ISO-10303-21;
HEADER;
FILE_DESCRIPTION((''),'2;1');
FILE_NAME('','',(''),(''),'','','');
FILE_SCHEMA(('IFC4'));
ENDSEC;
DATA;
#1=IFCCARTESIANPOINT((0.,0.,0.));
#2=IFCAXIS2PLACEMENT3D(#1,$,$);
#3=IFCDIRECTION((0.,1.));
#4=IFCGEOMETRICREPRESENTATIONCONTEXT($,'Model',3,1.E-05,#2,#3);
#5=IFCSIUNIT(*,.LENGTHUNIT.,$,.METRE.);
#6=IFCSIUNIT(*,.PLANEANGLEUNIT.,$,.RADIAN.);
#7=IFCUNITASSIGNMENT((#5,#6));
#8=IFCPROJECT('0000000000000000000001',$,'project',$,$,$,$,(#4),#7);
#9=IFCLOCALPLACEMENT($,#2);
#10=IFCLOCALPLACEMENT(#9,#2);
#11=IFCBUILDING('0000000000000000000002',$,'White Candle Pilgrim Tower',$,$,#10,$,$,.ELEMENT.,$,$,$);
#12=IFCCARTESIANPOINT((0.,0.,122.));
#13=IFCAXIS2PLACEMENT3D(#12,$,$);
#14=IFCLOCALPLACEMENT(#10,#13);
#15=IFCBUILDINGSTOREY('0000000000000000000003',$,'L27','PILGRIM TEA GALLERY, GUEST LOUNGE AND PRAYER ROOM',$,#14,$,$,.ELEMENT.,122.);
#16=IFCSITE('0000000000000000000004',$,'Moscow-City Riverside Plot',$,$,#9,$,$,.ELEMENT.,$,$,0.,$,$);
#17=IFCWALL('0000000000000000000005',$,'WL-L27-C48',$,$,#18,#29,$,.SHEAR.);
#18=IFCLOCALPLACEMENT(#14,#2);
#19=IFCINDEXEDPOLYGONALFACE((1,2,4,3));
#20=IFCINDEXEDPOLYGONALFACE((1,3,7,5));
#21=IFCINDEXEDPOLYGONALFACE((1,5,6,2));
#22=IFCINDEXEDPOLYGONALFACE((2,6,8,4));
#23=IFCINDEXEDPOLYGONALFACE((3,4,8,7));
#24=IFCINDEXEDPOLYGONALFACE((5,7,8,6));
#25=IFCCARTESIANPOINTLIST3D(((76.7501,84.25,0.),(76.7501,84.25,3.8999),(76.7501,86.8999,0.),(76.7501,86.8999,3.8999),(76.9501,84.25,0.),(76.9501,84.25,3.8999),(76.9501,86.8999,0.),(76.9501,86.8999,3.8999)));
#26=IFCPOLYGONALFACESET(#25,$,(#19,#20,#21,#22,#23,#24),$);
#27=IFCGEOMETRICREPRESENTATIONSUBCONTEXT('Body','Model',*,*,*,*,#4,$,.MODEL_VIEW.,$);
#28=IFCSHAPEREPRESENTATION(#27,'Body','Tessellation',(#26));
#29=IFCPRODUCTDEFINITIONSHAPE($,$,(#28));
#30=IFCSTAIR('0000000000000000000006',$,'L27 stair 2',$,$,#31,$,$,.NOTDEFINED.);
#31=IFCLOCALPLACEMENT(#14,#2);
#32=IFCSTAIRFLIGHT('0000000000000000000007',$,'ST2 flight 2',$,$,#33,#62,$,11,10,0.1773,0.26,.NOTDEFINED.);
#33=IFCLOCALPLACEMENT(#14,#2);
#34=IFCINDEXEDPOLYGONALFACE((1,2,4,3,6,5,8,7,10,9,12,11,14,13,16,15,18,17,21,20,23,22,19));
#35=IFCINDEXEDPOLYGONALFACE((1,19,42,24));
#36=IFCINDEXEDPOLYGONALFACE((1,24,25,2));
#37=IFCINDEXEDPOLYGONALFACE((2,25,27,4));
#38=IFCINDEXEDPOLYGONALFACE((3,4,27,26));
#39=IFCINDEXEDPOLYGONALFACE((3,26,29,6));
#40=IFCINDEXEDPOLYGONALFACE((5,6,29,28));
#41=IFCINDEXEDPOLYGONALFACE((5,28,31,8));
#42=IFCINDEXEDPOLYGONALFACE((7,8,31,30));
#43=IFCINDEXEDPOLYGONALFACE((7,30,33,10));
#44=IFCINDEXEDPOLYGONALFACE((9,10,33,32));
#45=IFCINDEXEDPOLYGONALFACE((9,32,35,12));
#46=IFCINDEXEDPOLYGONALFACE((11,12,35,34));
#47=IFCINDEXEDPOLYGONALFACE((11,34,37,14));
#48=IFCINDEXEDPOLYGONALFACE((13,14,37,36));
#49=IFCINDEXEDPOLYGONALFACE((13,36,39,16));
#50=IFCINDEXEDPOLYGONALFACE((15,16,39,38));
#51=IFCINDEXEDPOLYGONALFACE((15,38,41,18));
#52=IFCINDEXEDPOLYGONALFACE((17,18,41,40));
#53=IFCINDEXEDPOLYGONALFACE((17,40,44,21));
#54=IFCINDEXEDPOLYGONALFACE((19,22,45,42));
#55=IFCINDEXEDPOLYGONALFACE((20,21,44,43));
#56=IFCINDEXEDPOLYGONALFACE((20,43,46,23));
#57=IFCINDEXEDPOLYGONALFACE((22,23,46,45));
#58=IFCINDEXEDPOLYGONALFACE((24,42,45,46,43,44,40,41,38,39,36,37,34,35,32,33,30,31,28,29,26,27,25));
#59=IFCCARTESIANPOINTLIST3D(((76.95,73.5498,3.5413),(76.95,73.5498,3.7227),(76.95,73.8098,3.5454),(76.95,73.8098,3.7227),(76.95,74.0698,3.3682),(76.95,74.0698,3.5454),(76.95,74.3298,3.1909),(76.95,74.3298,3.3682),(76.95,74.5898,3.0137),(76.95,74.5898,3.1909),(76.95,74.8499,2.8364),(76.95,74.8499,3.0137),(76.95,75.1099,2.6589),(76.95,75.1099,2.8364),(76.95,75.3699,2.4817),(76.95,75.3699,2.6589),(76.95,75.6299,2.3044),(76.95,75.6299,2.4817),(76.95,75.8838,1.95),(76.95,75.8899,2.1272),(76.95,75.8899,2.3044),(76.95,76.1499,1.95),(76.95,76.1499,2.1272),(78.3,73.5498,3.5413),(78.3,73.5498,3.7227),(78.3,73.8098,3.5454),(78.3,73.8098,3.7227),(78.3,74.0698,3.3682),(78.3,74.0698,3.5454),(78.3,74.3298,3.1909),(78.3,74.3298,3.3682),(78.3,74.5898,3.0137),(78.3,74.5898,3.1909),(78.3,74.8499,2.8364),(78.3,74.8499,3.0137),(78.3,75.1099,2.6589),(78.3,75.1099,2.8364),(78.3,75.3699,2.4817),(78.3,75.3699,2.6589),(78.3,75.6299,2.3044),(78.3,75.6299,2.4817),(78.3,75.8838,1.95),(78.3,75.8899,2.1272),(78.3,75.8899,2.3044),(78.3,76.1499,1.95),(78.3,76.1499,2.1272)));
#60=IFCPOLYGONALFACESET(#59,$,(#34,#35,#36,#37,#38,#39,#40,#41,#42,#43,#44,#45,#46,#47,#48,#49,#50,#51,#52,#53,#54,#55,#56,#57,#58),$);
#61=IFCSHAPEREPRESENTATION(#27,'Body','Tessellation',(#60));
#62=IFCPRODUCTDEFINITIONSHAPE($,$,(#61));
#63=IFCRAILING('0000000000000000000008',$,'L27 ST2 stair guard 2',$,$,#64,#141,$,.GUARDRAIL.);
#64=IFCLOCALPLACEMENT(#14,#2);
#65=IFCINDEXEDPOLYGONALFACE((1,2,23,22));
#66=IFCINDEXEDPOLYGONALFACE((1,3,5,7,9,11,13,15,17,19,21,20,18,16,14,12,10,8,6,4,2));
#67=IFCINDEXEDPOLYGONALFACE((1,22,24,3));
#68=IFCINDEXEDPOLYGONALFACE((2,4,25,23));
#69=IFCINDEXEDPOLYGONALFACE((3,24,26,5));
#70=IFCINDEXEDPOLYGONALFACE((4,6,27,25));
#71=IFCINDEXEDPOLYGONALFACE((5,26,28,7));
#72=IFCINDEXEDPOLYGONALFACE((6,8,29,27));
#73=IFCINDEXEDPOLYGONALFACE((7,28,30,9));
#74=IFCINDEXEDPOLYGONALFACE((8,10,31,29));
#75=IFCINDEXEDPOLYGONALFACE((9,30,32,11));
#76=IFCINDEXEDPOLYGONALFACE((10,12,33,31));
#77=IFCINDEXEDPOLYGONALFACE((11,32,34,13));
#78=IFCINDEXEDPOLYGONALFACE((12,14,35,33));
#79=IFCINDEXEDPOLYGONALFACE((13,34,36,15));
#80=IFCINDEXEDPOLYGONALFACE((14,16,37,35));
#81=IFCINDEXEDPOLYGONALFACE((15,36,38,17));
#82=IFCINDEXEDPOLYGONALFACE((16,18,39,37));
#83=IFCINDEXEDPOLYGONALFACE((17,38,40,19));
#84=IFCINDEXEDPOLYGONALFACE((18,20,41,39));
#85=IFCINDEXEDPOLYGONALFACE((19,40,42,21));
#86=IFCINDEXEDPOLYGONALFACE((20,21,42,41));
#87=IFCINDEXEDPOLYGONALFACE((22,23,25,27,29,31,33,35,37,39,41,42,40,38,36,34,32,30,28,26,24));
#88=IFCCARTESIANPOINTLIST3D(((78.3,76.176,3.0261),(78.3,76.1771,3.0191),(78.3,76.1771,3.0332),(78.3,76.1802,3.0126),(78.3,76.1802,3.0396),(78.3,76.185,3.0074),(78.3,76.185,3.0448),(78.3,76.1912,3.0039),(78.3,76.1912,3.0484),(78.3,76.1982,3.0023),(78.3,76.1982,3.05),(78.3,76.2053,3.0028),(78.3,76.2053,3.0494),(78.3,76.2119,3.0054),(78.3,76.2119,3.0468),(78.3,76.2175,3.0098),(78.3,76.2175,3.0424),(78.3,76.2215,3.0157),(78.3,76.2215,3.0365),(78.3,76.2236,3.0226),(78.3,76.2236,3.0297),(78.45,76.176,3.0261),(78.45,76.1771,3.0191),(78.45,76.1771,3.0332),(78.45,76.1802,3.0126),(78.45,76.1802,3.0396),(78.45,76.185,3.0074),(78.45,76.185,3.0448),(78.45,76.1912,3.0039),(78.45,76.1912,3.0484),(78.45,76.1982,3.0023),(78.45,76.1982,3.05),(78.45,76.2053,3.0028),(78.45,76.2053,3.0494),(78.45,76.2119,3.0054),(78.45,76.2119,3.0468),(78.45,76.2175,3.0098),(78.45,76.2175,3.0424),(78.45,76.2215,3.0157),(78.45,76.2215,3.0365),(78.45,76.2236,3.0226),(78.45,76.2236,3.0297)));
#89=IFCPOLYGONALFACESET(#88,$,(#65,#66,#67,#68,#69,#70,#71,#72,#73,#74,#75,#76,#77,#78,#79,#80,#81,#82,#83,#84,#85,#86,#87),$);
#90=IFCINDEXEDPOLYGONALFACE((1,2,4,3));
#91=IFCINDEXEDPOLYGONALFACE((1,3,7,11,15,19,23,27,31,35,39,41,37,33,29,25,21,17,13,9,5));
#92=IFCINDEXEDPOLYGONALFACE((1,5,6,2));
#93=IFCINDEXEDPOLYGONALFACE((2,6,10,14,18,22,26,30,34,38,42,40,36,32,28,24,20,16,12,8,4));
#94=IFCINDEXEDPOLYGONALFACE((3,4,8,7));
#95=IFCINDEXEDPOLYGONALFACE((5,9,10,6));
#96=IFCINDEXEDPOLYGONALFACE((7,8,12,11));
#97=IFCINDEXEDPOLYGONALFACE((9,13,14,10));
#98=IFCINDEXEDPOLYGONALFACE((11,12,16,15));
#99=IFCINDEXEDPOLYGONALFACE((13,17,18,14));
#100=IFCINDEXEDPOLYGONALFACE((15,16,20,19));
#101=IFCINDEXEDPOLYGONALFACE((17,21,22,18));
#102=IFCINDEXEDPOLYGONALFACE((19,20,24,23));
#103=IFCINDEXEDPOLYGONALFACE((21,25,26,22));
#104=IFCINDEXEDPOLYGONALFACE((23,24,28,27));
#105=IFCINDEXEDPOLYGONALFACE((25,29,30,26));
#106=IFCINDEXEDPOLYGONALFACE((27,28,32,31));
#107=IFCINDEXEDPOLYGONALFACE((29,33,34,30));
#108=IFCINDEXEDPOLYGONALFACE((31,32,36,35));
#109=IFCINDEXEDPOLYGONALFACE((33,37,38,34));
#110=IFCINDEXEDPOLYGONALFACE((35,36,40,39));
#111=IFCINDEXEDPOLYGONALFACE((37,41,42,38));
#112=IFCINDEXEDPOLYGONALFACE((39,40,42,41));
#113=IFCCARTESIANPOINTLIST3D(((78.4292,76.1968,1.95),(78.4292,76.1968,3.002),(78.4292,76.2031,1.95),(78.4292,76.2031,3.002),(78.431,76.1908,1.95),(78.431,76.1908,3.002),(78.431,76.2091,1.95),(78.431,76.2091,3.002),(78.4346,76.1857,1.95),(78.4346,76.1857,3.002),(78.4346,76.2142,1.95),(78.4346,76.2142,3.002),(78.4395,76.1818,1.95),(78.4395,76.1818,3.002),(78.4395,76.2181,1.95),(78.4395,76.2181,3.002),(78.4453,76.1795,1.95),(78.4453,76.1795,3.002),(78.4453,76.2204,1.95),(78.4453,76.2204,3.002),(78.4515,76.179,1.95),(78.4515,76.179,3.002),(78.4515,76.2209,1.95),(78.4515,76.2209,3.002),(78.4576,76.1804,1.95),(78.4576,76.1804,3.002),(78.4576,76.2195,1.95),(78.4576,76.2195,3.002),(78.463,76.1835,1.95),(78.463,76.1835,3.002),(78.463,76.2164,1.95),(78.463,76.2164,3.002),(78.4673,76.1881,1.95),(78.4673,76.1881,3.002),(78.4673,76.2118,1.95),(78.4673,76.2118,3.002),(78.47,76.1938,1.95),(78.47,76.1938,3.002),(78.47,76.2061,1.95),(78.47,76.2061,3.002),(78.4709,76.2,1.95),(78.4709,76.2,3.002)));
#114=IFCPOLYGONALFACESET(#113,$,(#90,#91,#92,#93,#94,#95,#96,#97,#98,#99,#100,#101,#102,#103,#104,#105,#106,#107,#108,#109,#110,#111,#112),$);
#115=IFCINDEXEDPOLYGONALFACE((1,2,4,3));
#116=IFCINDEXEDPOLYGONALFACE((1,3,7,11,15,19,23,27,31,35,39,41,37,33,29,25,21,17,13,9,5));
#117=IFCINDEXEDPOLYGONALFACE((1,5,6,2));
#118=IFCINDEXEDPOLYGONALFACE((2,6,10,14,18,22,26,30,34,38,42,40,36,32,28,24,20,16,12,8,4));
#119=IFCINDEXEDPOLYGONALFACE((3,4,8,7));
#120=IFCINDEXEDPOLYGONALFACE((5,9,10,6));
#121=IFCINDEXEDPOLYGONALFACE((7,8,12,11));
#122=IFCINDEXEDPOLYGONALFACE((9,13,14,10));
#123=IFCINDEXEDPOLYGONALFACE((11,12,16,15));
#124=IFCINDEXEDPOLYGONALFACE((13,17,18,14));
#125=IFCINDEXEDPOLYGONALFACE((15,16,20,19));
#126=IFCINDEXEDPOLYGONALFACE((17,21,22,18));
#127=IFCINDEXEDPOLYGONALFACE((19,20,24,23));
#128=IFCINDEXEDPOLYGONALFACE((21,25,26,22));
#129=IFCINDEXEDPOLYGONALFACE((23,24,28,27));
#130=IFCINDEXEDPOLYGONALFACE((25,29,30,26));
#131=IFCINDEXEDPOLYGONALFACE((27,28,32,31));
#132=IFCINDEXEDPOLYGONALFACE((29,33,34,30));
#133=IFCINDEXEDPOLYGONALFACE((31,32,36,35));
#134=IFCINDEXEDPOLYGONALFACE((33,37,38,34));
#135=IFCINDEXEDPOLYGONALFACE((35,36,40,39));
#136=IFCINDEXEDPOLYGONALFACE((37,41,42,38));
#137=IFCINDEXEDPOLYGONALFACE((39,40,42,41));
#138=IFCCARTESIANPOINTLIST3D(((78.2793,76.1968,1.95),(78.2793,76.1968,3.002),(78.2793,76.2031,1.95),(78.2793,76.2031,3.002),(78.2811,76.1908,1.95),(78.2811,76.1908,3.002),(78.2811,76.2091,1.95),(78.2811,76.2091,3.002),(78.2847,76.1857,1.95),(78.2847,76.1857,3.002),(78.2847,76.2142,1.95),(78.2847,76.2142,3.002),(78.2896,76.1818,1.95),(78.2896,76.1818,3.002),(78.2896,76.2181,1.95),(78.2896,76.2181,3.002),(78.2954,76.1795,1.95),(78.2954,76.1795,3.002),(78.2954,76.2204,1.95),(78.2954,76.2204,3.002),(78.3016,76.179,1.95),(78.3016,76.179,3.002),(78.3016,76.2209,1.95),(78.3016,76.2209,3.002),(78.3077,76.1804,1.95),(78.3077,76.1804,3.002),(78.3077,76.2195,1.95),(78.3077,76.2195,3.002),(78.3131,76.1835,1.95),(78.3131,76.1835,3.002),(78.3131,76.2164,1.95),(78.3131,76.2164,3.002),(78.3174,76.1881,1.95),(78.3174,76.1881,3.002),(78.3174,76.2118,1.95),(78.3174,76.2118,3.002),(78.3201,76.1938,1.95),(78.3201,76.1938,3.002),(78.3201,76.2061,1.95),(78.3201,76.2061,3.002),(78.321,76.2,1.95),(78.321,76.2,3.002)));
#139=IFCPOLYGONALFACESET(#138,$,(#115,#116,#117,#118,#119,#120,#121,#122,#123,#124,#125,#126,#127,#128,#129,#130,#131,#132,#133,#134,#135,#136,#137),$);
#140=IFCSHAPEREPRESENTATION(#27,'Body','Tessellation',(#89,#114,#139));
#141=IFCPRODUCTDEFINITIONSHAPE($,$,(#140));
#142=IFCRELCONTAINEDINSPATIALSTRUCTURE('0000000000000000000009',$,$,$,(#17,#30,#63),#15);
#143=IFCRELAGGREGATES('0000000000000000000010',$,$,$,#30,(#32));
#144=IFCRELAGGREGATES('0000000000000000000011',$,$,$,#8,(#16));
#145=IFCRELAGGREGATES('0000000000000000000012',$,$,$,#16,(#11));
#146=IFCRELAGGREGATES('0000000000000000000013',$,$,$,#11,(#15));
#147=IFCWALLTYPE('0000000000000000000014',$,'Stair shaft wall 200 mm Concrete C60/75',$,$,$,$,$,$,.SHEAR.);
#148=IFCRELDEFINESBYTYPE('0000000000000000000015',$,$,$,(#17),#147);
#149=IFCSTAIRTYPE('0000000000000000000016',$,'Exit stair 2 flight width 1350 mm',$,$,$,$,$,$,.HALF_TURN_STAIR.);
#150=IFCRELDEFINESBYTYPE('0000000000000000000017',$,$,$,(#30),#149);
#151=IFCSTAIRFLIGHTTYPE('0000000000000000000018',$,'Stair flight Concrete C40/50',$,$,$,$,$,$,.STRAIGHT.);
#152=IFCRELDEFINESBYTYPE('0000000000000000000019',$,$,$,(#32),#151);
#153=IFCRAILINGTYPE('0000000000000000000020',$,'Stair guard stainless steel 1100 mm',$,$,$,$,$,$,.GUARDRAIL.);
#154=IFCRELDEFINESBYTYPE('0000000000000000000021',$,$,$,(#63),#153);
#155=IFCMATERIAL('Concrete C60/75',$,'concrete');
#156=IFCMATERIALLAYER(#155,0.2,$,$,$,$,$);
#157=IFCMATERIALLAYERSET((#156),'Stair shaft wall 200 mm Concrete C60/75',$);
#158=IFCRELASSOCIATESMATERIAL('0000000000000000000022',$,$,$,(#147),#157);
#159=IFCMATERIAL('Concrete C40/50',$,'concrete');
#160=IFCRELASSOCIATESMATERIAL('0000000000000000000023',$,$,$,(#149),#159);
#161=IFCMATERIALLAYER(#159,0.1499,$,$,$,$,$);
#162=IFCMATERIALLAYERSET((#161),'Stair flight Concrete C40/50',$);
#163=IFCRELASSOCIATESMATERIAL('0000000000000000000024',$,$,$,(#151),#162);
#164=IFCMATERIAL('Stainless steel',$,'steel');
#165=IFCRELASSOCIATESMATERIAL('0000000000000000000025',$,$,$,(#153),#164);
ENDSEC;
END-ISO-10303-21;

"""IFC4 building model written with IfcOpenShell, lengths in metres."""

from ifc_helpers import new_model, si_unit, direction, frame, frame_2d, origin, origin_2d, place, context, subcontext, project, spatial, polyline, rectangle, circle, outline, extrude, material, layer, layer_set, type_object, element, aggregate, save


model = new_model("IFC4")

# Units and contexts
model_context = context("Model", 3, precision=1e-05, world=origin(), true_north=direction((0.0, 1.0)))
body_context = subcontext(model_context, "Body", "Model", "MODEL_VIEW")
ifc_project = project(units=[si_unit("LENGTHUNIT", "METRE"), si_unit("PLANEANGLEUNIT", "RADIAN")], contexts=[model_context])

# Site, building, storey
site_placement = place(None, origin())
site = spatial("IfcSite", under=ifc_project, at=site_placement, Name="Moscow-City Riverside Plot", CompositionType="ELEMENT", RefElevation=0.0)
building_placement = place(site_placement, origin())
building = spatial("IfcBuilding", under=site, at=building_placement, Name="White Candle Pilgrim Tower", CompositionType="ELEMENT")
storey_placement = place(building_placement, frame((0.0, 0.0, 122.0)))
storey = spatial("IfcBuildingStorey", under=building, at=storey_placement, Name="L27", Description="PILGRIM TEA GALLERY, GUEST LOUNGE AND PRAYER ROOM", CompositionType="ELEMENT", Elevation=122.0)

# Shared definitions
ifc_material_1 = material(Name="Concrete C60/75", Category="concrete")

# Wall
ifc_layer_1 = layer(ifc_material_1, 0.2)
ifc_layer_set_1 = layer_set([ifc_layer_1], Name="Stair shaft wall 200 mm Concrete C60/75")
wall_type_1 = type_object("IfcWallType", Name="Stair shaft wall 200 mm Concrete C60/75", PredefinedType="SHEAR", material=ifc_layer_set_1)
wall_1_placement = place(storey_placement, frame((76.8501, 84.25, 0.0), z_axis=(0.0, 0.0, 1.0), x_axis=(0.0, 1.0, 0.0)))
element("IfcWall", 1, at=wall_1_placement, inside=storey, type_object=wall_type_1, Name="WL-L27-C48", PredefinedType="SHEAR", context=body_context, shape_type="SweptSolid", body=[
    extrude(rectangle(XDim=2.6499, YDim=0.2, at=frame_2d((1.325, 0.0))), origin(), (0.0, 0.0, 1.0), 3.8999),
])

# Stair, stair flight
ifc_material_2 = material(Name="Concrete C40/50", Category="concrete")
stair_type = type_object("IfcStairType", Name="Exit stair 2 flight width 1350 mm", PredefinedType="HALF_TURN_STAIR", material=ifc_material_2)
stair_placement = place(storey_placement, origin())
stair = element("IfcStair", 2, at=stair_placement, inside=storey, type_object=stair_type, Name="L27 stair 2", PredefinedType="NOTDEFINED")
ifc_layer_2 = layer(ifc_material_2, 0.1499)
ifc_layer_set_2 = layer_set([ifc_layer_2], Name="Stair flight Concrete C40/50")
stair_flight_type = type_object("IfcStairFlightType", Name="Stair flight Concrete C40/50", PredefinedType="STRAIGHT", material=ifc_layer_set_2)
stair_flight_placement = place(storey_placement, frame((77.625, 76.1499, 1.95), z_axis=(0.0, 0.0, 1.0), x_axis=(0.0, -1.0, 0.0)))
stair_flight = element("IfcStairFlight", 3, at=stair_flight_placement, type_object=stair_flight_type, Name="ST2 flight 2", NumberOfRisers=11, NumberOfTreads=10, PredefinedType="NOTDEFINED", RiserHeight=0.1773, TreadLength=0.26, context=body_context, shape_type="SweptSolid", body=[
    extrude(outline(polyline([(0.0, 0.0), (0.0, 0.1772), (0.26, 0.1772), (0.26, 0.3545), (0.52, 0.3545), (0.52, 0.5317), (0.78, 0.5317), (0.78, 0.709), (1.04, 0.709), (1.04, 0.8865), (1.3, 0.8865), (1.3, 1.0637), (1.5601, 1.0637), (1.5601, 1.241), (1.8201, 1.241), (1.8201, 1.4182), (2.0801, 1.4182), (2.0801, 1.5955), (2.3401, 1.5955), (2.3401, 1.7727), (2.6001, 1.7727), (2.6001, 1.95), (2.6001, 1.5913), (0.2661, 0.0), (0.0, 0.0)])), frame((0.0, 0.675, 0.0), z_axis=(0.0, -1.0, 0.0), x_axis=(1.0, 0.0, 0.0)), (0.0, 0.0, 1.0), 1.3501),
])
aggregate(stair, [stair_flight])

# Railing
ifc_material_3 = material(Name="Stainless steel", Category="steel")
railing_type_1 = type_object("IfcRailingType", Name="Stair guard stainless steel 1100 mm", PredefinedType="GUARDRAIL", material=ifc_material_3)
railing_1_placement = place(storey_placement, frame((78.45, 76.2, 1.95)))
element("IfcRailing", 4, at=railing_1_placement, inside=storey, type_object=railing_type_1, Name="L27 ST2 stair guard 2", PredefinedType="GUARDRAIL", context=body_context, shape_type="SweptSolid", body=[
    extrude(circle(Radius=0.0239, at=origin_2d()), frame((0.0, 0.0, 1.0762), z_axis=(-1.0, 0.0, 0.0), x_axis=(0.0, -1.0, 0.0)), (0.0, 0.0, 1.0), 0.1499),
    extrude(circle(Radius=0.021, at=origin_2d()), origin(), (0.0, 0.0, 1.0), 1.052),
    extrude(circle(Radius=0.021, at=origin_2d()), frame((-0.1499, 0.0, 0.0)), (0.0, 0.0, 1.0), 1.052),
])

save(model, "model.ifc")
